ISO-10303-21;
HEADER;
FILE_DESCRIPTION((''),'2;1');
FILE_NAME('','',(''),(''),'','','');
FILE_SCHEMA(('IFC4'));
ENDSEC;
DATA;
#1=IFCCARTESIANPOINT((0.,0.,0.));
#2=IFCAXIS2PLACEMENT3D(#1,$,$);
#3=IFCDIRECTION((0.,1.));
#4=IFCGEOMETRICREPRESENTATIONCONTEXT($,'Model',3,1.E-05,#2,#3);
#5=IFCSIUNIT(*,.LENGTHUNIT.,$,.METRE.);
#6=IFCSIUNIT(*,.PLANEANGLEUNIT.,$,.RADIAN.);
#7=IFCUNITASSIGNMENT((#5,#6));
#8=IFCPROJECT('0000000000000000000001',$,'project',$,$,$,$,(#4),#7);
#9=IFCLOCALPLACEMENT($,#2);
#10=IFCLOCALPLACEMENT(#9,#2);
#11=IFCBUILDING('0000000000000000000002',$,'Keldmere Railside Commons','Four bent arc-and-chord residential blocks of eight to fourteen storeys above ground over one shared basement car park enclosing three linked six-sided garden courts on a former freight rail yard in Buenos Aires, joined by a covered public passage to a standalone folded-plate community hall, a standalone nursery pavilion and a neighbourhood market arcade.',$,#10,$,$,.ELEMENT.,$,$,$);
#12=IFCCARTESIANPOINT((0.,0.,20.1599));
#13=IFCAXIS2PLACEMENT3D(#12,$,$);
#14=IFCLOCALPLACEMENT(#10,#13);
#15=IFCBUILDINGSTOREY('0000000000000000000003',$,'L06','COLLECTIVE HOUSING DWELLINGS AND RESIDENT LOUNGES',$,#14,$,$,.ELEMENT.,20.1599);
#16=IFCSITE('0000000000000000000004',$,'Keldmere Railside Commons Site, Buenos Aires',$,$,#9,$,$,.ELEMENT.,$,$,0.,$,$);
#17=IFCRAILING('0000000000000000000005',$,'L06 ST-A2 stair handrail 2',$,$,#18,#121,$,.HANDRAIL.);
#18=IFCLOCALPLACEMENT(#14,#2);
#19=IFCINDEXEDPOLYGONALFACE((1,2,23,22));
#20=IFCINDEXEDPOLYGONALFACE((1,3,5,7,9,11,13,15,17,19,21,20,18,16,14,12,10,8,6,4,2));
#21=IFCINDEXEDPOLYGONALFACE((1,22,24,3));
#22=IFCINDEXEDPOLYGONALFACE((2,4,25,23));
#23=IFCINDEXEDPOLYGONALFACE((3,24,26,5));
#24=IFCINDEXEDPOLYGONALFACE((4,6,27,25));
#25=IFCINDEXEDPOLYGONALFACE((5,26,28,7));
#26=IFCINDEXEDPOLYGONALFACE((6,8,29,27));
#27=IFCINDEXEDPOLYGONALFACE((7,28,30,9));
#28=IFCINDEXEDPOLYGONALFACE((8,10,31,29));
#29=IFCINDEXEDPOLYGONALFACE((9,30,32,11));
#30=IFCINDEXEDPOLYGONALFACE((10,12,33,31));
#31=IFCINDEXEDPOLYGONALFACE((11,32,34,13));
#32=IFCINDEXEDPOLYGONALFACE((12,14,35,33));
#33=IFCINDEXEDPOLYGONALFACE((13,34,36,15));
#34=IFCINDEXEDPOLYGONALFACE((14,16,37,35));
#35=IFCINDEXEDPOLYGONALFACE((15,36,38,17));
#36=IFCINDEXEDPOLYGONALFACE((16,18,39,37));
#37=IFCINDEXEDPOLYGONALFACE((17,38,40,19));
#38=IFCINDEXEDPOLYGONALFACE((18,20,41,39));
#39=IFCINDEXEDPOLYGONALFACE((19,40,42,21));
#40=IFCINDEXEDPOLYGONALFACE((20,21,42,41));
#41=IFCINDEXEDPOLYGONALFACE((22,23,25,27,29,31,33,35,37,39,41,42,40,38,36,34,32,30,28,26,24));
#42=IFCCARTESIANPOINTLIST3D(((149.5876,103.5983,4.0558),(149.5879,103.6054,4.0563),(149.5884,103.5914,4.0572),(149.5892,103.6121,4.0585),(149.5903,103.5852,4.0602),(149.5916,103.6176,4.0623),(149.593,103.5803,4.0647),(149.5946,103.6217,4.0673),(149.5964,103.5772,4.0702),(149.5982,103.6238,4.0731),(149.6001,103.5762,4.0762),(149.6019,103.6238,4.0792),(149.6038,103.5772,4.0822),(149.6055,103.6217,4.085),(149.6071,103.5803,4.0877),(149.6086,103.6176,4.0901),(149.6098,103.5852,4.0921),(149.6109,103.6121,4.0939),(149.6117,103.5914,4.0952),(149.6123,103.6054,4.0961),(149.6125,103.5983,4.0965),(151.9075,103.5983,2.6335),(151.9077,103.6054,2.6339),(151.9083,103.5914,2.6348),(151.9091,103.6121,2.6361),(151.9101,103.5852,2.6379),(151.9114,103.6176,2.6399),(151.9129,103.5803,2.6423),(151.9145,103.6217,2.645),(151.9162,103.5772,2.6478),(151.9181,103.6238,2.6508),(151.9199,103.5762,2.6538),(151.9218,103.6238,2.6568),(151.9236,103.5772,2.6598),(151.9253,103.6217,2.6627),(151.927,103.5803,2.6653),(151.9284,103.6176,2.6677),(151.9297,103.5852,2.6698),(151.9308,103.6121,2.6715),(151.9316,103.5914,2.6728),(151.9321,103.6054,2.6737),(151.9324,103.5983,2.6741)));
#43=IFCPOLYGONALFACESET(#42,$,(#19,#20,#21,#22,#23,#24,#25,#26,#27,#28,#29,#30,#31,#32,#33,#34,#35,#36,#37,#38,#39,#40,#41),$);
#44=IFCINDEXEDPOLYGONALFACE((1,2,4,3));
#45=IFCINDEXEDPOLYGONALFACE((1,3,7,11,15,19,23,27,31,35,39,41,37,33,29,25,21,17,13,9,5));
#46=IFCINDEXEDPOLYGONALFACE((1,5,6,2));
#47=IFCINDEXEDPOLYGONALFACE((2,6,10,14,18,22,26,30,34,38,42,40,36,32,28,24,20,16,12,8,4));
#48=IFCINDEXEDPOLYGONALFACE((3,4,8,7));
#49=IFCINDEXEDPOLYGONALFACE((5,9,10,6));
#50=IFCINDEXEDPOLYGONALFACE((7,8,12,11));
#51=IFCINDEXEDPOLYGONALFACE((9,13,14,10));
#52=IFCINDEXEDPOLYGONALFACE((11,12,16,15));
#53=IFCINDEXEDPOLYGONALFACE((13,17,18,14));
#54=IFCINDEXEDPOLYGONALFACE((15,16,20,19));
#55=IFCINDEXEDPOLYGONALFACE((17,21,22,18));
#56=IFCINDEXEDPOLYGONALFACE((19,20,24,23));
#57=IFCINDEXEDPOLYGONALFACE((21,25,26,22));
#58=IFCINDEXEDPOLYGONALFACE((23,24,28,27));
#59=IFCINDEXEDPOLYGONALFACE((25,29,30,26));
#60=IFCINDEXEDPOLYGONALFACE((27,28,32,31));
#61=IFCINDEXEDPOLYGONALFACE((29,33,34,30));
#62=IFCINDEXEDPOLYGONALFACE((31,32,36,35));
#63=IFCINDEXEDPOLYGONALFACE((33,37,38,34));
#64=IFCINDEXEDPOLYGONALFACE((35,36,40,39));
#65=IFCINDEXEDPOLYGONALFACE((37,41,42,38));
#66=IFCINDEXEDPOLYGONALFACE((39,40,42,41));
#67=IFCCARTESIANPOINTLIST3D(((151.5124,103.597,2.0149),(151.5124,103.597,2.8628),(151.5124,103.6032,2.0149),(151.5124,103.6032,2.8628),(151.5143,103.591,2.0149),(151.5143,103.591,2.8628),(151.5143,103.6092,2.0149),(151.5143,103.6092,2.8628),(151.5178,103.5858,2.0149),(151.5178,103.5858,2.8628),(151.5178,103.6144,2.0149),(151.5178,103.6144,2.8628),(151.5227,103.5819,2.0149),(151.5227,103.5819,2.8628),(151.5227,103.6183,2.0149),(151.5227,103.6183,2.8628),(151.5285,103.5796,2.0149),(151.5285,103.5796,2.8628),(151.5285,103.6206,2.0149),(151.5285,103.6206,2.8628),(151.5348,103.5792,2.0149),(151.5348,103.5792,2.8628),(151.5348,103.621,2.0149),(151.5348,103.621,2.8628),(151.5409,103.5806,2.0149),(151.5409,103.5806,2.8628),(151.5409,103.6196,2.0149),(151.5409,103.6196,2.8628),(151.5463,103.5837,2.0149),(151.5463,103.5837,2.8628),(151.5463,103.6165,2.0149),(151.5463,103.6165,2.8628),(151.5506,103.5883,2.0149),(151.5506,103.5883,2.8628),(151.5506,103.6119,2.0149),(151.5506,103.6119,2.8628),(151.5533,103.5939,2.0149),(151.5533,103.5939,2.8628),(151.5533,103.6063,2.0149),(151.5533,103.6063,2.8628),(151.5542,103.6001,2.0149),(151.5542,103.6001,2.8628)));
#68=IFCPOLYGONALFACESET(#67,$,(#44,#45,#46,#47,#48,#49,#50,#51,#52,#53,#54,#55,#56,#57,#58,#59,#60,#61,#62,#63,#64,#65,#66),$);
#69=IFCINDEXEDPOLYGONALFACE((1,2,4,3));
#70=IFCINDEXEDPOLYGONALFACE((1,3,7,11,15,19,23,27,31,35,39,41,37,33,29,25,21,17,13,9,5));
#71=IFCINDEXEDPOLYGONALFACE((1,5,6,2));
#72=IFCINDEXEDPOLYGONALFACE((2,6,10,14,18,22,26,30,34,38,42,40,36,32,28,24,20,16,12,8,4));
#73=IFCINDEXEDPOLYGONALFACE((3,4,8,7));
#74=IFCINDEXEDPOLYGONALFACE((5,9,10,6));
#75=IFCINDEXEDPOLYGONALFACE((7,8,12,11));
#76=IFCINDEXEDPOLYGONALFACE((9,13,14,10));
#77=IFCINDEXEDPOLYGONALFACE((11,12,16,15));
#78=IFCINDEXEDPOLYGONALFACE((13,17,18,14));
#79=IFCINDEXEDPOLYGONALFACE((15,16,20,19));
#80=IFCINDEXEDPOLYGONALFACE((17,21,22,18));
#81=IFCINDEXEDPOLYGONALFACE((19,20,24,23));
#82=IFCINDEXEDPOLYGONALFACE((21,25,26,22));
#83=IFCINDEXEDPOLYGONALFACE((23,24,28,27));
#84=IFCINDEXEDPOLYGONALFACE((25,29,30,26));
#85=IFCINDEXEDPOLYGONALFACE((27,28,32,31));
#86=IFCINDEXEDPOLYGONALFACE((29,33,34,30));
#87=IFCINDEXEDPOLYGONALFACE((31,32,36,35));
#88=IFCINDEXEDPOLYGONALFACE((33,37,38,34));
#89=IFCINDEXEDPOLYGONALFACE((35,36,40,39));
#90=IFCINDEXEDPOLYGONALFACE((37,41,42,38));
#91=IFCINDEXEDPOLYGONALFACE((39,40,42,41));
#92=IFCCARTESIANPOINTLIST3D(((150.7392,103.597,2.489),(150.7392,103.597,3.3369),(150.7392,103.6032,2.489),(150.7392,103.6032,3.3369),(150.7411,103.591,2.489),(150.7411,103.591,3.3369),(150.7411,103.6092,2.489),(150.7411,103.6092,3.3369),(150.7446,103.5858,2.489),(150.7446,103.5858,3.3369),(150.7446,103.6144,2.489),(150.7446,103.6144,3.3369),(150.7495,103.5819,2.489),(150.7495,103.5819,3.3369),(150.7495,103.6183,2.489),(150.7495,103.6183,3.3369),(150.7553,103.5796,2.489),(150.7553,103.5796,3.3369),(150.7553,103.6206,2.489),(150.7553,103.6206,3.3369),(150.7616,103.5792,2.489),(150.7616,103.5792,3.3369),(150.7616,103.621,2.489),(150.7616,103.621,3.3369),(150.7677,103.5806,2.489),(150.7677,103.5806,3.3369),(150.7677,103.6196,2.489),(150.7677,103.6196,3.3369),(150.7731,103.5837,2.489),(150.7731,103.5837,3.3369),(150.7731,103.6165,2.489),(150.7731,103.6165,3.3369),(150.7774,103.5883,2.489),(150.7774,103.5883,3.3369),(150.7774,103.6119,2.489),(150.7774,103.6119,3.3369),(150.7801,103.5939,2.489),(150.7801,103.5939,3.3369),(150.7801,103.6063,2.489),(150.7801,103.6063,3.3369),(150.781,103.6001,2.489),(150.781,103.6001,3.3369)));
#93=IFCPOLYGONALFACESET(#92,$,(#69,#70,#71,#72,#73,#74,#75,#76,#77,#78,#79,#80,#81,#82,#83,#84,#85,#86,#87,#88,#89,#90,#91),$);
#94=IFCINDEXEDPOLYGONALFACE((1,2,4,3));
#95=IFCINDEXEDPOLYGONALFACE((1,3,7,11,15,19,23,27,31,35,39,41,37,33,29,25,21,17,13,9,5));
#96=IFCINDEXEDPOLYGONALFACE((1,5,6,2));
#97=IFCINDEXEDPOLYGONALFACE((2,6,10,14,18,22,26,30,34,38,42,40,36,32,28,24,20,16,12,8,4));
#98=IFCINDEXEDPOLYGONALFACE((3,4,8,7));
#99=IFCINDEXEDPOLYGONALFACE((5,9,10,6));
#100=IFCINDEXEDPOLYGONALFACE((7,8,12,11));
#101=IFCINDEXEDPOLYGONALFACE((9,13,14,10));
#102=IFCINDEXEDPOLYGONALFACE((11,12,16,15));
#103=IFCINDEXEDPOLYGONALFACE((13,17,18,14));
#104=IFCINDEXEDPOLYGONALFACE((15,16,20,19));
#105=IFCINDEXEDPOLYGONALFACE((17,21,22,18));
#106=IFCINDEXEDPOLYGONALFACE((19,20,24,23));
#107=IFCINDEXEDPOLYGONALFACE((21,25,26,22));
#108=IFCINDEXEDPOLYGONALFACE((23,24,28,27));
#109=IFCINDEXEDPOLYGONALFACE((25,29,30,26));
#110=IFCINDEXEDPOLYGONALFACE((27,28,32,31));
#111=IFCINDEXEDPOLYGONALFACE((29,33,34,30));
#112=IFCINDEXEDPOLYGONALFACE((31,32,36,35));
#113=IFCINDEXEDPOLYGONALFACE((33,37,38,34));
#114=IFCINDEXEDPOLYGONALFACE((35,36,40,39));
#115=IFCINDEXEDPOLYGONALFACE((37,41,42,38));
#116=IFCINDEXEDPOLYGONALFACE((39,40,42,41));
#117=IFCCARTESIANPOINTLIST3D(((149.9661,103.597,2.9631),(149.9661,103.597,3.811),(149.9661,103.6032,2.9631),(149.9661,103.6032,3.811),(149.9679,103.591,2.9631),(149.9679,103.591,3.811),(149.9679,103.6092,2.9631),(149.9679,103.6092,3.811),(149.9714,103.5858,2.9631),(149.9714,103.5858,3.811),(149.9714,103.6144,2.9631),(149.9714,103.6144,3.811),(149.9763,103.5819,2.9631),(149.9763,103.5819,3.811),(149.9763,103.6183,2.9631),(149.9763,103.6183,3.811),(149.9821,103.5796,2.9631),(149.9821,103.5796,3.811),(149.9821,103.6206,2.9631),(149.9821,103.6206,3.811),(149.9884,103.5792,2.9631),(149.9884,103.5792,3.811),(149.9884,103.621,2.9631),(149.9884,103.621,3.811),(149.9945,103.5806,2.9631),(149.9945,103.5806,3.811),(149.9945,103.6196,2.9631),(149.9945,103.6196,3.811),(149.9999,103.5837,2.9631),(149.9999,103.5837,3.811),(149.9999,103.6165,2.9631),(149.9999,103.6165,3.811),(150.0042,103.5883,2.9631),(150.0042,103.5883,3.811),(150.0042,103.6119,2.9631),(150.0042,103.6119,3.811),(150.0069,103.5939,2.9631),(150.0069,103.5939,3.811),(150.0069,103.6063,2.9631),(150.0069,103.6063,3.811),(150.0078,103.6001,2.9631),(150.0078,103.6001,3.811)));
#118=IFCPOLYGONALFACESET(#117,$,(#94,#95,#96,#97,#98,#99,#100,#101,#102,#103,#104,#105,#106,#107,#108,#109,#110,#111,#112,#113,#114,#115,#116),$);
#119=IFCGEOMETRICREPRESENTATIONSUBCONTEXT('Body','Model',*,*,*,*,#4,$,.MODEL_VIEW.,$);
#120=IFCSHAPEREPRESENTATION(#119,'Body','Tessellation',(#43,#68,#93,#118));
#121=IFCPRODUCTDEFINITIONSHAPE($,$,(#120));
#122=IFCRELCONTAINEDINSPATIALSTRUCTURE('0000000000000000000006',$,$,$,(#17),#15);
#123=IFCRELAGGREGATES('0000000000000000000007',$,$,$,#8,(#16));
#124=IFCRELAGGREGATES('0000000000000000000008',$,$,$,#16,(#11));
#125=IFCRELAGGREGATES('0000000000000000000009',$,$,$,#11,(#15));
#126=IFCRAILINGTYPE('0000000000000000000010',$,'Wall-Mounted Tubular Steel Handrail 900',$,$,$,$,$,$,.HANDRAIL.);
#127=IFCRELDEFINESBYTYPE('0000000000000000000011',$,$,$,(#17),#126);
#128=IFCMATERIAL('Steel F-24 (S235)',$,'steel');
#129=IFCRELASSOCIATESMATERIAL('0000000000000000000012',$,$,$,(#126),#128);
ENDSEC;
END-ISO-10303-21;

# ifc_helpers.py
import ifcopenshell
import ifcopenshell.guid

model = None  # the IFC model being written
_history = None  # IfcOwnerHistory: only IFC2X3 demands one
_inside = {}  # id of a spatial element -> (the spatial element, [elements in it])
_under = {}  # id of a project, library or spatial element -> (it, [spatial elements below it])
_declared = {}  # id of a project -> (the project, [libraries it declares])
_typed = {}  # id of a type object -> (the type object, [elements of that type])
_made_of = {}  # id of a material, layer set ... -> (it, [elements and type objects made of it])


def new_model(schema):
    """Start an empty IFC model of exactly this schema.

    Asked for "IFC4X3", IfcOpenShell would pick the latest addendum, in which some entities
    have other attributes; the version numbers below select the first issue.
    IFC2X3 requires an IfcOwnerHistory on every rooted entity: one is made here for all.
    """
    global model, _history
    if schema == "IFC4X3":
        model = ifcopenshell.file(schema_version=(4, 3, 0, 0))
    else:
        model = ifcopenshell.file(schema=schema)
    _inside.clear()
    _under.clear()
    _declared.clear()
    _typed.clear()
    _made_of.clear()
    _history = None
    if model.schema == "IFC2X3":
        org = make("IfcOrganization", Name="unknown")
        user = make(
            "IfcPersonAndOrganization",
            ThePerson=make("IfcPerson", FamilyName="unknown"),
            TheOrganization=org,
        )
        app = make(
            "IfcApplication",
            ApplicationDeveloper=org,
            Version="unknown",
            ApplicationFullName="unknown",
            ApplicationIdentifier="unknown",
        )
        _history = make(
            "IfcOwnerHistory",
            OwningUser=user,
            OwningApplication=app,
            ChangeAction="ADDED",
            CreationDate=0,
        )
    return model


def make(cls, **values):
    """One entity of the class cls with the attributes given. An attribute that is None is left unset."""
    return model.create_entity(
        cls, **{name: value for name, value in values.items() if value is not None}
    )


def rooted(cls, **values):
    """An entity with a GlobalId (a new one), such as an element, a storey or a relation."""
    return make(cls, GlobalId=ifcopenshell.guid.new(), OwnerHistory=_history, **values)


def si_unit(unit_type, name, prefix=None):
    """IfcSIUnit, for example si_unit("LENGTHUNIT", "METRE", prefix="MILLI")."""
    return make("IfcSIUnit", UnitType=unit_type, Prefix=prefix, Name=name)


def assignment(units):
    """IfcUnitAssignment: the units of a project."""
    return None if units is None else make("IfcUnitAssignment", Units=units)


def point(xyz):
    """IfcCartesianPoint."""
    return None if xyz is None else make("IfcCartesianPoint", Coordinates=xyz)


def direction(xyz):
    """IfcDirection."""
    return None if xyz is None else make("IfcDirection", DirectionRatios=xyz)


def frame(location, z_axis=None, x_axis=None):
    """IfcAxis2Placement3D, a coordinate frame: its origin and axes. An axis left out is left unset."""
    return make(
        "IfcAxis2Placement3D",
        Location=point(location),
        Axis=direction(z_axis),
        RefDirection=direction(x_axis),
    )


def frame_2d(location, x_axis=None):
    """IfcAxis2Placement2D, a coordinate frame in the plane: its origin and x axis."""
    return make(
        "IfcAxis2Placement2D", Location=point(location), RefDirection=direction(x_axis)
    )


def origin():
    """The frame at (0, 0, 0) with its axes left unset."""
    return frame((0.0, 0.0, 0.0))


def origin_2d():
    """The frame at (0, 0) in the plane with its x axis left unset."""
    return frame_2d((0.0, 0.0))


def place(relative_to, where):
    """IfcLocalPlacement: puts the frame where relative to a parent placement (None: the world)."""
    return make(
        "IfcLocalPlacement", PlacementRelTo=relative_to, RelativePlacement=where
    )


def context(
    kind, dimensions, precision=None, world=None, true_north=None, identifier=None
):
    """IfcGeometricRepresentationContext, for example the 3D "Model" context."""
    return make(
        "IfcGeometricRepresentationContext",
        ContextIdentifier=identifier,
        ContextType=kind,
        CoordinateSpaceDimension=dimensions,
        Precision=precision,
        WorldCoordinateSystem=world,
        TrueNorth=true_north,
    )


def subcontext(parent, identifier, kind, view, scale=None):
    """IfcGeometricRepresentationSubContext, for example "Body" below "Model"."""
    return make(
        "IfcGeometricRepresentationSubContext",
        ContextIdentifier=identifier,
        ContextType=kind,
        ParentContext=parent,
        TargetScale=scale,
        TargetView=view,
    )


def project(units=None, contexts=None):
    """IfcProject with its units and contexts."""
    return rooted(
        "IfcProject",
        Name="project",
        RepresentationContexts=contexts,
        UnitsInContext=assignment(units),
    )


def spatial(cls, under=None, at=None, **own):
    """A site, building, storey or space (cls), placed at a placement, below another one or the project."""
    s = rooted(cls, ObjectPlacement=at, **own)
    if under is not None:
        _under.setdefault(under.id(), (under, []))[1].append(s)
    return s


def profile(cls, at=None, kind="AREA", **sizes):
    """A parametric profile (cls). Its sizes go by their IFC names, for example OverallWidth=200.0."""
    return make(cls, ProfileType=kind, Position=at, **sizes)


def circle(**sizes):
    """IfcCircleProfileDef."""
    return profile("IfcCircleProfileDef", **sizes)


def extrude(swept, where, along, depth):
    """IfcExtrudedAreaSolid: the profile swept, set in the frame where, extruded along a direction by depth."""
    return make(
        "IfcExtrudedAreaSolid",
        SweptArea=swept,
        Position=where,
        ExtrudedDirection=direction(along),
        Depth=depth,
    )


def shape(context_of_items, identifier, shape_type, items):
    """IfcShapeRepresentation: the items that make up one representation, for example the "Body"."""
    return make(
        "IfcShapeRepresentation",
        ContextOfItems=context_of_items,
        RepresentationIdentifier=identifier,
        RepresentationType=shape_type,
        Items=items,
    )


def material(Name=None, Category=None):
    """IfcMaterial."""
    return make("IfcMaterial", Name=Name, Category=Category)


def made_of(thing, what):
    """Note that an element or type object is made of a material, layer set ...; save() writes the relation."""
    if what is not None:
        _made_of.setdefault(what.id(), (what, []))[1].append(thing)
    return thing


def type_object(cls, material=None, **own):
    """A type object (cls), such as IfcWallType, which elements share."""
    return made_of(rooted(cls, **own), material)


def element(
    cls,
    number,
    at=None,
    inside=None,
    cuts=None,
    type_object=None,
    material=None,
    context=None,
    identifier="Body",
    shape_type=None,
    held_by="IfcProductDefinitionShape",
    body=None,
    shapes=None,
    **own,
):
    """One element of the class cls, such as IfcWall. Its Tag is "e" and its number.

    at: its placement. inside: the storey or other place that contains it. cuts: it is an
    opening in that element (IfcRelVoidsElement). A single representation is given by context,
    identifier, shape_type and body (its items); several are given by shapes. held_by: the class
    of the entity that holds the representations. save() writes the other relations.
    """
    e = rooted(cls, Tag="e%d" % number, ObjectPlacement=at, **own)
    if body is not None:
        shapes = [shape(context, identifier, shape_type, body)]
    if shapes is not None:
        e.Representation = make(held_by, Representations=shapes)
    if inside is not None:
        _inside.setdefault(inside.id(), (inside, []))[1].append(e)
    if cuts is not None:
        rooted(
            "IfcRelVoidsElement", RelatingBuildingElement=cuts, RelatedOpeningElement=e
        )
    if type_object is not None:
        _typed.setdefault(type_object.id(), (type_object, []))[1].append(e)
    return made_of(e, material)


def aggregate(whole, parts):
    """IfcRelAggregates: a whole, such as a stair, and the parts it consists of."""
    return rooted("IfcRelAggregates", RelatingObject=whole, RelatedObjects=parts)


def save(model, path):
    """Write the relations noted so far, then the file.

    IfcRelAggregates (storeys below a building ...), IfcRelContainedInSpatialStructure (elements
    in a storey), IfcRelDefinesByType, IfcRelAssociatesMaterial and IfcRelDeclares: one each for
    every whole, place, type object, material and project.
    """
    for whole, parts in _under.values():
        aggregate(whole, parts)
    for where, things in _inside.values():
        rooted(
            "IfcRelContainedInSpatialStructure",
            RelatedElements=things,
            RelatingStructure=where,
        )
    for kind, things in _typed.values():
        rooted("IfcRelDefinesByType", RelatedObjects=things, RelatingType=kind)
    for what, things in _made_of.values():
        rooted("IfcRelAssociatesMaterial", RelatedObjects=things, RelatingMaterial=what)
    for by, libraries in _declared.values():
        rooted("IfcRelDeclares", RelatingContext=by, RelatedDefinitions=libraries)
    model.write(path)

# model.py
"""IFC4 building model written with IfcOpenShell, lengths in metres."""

from ifc_helpers import new_model, si_unit, direction, frame, origin, origin_2d, place, context, subcontext, project, spatial, circle, extrude, material, type_object, element, save


model = new_model("IFC4")

# Units and contexts
model_context = context("Model", 3, precision=1e-05, world=origin(), true_north=direction((0.0, 1.0)))
body_context = subcontext(model_context, "Body", "Model", "MODEL_VIEW")
ifc_project = project(units=[si_unit("LENGTHUNIT", "METRE"), si_unit("PLANEANGLEUNIT", "RADIAN")], contexts=[model_context])

# Site, building, storey
site_placement = place(None, origin())
site = spatial("IfcSite", under=ifc_project, at=site_placement, Name="Keldmere Railside Commons Site, Buenos Aires", CompositionType="ELEMENT", RefElevation=0.0)
building_placement = place(site_placement, origin())
building = spatial("IfcBuilding", under=site, at=building_placement, Name="Keldmere Railside Commons", Description="Four bent arc-and-chord residential blocks of eight to fourteen storeys above ground over one shared basement car park enclosing three linked six-sided garden courts on a former freight rail yard in Buenos Aires, joined by a covered public passage to a standalone folded-plate community hall, a standalone nursery pavilion and a neighbourhood market arcade.", CompositionType="ELEMENT")
storey_placement = place(building_placement, frame((0.0, 0.0, 20.1599)))
storey = spatial("IfcBuildingStorey", under=building, at=storey_placement, Name="L06", Description="COLLECTIVE HOUSING DWELLINGS AND RESIDENT LOUNGES", CompositionType="ELEMENT", Elevation=20.1599)

# Shared definitions
ifc_material_1 = material(Name="Steel F-24 (S235)", Category="steel")

# Railing
railing_type_1 = type_object("IfcRailingType", Name="Wall-Mounted Tubular Steel Handrail 900", PredefinedType="HANDRAIL", material=ifc_material_1)
railing_1_placement = place(storey_placement, frame((151.9199, 103.6001, 1.7778)))
element("IfcRailing", 1, at=railing_1_placement, inside=storey, type_object=railing_type_1, Name="L06 ST-A2 stair handrail 2", PredefinedType="HANDRAIL", context=body_context, shape_type="SweptSolid", body=[
    extrude(circle(Radius=0.0239, at=origin_2d()), frame((0.0, 0.0, 0.876), z_axis=(-0.852514, 0.0, 0.522705), x_axis=(0.0, -1.0, 0.0)), (0.0, 0.0, 1.0), 2.7212),
    extrude(circle(Radius=0.021, at=origin_2d()), frame((-0.3867, 0.0, 0.2371)), (0.0, 0.0, 1.0), 0.8479),
    extrude(circle(Radius=0.021, at=origin_2d()), frame((-1.1599, 0.0, 0.7112)), (0.0, 0.0, 1.0), 0.8479),
    extrude(circle(Radius=0.021, at=origin_2d()), frame((-1.9331, 0.0, 1.1853)), (0.0, 0.0, 1.0), 0.8479),
])

save(model, "model.ifc")
